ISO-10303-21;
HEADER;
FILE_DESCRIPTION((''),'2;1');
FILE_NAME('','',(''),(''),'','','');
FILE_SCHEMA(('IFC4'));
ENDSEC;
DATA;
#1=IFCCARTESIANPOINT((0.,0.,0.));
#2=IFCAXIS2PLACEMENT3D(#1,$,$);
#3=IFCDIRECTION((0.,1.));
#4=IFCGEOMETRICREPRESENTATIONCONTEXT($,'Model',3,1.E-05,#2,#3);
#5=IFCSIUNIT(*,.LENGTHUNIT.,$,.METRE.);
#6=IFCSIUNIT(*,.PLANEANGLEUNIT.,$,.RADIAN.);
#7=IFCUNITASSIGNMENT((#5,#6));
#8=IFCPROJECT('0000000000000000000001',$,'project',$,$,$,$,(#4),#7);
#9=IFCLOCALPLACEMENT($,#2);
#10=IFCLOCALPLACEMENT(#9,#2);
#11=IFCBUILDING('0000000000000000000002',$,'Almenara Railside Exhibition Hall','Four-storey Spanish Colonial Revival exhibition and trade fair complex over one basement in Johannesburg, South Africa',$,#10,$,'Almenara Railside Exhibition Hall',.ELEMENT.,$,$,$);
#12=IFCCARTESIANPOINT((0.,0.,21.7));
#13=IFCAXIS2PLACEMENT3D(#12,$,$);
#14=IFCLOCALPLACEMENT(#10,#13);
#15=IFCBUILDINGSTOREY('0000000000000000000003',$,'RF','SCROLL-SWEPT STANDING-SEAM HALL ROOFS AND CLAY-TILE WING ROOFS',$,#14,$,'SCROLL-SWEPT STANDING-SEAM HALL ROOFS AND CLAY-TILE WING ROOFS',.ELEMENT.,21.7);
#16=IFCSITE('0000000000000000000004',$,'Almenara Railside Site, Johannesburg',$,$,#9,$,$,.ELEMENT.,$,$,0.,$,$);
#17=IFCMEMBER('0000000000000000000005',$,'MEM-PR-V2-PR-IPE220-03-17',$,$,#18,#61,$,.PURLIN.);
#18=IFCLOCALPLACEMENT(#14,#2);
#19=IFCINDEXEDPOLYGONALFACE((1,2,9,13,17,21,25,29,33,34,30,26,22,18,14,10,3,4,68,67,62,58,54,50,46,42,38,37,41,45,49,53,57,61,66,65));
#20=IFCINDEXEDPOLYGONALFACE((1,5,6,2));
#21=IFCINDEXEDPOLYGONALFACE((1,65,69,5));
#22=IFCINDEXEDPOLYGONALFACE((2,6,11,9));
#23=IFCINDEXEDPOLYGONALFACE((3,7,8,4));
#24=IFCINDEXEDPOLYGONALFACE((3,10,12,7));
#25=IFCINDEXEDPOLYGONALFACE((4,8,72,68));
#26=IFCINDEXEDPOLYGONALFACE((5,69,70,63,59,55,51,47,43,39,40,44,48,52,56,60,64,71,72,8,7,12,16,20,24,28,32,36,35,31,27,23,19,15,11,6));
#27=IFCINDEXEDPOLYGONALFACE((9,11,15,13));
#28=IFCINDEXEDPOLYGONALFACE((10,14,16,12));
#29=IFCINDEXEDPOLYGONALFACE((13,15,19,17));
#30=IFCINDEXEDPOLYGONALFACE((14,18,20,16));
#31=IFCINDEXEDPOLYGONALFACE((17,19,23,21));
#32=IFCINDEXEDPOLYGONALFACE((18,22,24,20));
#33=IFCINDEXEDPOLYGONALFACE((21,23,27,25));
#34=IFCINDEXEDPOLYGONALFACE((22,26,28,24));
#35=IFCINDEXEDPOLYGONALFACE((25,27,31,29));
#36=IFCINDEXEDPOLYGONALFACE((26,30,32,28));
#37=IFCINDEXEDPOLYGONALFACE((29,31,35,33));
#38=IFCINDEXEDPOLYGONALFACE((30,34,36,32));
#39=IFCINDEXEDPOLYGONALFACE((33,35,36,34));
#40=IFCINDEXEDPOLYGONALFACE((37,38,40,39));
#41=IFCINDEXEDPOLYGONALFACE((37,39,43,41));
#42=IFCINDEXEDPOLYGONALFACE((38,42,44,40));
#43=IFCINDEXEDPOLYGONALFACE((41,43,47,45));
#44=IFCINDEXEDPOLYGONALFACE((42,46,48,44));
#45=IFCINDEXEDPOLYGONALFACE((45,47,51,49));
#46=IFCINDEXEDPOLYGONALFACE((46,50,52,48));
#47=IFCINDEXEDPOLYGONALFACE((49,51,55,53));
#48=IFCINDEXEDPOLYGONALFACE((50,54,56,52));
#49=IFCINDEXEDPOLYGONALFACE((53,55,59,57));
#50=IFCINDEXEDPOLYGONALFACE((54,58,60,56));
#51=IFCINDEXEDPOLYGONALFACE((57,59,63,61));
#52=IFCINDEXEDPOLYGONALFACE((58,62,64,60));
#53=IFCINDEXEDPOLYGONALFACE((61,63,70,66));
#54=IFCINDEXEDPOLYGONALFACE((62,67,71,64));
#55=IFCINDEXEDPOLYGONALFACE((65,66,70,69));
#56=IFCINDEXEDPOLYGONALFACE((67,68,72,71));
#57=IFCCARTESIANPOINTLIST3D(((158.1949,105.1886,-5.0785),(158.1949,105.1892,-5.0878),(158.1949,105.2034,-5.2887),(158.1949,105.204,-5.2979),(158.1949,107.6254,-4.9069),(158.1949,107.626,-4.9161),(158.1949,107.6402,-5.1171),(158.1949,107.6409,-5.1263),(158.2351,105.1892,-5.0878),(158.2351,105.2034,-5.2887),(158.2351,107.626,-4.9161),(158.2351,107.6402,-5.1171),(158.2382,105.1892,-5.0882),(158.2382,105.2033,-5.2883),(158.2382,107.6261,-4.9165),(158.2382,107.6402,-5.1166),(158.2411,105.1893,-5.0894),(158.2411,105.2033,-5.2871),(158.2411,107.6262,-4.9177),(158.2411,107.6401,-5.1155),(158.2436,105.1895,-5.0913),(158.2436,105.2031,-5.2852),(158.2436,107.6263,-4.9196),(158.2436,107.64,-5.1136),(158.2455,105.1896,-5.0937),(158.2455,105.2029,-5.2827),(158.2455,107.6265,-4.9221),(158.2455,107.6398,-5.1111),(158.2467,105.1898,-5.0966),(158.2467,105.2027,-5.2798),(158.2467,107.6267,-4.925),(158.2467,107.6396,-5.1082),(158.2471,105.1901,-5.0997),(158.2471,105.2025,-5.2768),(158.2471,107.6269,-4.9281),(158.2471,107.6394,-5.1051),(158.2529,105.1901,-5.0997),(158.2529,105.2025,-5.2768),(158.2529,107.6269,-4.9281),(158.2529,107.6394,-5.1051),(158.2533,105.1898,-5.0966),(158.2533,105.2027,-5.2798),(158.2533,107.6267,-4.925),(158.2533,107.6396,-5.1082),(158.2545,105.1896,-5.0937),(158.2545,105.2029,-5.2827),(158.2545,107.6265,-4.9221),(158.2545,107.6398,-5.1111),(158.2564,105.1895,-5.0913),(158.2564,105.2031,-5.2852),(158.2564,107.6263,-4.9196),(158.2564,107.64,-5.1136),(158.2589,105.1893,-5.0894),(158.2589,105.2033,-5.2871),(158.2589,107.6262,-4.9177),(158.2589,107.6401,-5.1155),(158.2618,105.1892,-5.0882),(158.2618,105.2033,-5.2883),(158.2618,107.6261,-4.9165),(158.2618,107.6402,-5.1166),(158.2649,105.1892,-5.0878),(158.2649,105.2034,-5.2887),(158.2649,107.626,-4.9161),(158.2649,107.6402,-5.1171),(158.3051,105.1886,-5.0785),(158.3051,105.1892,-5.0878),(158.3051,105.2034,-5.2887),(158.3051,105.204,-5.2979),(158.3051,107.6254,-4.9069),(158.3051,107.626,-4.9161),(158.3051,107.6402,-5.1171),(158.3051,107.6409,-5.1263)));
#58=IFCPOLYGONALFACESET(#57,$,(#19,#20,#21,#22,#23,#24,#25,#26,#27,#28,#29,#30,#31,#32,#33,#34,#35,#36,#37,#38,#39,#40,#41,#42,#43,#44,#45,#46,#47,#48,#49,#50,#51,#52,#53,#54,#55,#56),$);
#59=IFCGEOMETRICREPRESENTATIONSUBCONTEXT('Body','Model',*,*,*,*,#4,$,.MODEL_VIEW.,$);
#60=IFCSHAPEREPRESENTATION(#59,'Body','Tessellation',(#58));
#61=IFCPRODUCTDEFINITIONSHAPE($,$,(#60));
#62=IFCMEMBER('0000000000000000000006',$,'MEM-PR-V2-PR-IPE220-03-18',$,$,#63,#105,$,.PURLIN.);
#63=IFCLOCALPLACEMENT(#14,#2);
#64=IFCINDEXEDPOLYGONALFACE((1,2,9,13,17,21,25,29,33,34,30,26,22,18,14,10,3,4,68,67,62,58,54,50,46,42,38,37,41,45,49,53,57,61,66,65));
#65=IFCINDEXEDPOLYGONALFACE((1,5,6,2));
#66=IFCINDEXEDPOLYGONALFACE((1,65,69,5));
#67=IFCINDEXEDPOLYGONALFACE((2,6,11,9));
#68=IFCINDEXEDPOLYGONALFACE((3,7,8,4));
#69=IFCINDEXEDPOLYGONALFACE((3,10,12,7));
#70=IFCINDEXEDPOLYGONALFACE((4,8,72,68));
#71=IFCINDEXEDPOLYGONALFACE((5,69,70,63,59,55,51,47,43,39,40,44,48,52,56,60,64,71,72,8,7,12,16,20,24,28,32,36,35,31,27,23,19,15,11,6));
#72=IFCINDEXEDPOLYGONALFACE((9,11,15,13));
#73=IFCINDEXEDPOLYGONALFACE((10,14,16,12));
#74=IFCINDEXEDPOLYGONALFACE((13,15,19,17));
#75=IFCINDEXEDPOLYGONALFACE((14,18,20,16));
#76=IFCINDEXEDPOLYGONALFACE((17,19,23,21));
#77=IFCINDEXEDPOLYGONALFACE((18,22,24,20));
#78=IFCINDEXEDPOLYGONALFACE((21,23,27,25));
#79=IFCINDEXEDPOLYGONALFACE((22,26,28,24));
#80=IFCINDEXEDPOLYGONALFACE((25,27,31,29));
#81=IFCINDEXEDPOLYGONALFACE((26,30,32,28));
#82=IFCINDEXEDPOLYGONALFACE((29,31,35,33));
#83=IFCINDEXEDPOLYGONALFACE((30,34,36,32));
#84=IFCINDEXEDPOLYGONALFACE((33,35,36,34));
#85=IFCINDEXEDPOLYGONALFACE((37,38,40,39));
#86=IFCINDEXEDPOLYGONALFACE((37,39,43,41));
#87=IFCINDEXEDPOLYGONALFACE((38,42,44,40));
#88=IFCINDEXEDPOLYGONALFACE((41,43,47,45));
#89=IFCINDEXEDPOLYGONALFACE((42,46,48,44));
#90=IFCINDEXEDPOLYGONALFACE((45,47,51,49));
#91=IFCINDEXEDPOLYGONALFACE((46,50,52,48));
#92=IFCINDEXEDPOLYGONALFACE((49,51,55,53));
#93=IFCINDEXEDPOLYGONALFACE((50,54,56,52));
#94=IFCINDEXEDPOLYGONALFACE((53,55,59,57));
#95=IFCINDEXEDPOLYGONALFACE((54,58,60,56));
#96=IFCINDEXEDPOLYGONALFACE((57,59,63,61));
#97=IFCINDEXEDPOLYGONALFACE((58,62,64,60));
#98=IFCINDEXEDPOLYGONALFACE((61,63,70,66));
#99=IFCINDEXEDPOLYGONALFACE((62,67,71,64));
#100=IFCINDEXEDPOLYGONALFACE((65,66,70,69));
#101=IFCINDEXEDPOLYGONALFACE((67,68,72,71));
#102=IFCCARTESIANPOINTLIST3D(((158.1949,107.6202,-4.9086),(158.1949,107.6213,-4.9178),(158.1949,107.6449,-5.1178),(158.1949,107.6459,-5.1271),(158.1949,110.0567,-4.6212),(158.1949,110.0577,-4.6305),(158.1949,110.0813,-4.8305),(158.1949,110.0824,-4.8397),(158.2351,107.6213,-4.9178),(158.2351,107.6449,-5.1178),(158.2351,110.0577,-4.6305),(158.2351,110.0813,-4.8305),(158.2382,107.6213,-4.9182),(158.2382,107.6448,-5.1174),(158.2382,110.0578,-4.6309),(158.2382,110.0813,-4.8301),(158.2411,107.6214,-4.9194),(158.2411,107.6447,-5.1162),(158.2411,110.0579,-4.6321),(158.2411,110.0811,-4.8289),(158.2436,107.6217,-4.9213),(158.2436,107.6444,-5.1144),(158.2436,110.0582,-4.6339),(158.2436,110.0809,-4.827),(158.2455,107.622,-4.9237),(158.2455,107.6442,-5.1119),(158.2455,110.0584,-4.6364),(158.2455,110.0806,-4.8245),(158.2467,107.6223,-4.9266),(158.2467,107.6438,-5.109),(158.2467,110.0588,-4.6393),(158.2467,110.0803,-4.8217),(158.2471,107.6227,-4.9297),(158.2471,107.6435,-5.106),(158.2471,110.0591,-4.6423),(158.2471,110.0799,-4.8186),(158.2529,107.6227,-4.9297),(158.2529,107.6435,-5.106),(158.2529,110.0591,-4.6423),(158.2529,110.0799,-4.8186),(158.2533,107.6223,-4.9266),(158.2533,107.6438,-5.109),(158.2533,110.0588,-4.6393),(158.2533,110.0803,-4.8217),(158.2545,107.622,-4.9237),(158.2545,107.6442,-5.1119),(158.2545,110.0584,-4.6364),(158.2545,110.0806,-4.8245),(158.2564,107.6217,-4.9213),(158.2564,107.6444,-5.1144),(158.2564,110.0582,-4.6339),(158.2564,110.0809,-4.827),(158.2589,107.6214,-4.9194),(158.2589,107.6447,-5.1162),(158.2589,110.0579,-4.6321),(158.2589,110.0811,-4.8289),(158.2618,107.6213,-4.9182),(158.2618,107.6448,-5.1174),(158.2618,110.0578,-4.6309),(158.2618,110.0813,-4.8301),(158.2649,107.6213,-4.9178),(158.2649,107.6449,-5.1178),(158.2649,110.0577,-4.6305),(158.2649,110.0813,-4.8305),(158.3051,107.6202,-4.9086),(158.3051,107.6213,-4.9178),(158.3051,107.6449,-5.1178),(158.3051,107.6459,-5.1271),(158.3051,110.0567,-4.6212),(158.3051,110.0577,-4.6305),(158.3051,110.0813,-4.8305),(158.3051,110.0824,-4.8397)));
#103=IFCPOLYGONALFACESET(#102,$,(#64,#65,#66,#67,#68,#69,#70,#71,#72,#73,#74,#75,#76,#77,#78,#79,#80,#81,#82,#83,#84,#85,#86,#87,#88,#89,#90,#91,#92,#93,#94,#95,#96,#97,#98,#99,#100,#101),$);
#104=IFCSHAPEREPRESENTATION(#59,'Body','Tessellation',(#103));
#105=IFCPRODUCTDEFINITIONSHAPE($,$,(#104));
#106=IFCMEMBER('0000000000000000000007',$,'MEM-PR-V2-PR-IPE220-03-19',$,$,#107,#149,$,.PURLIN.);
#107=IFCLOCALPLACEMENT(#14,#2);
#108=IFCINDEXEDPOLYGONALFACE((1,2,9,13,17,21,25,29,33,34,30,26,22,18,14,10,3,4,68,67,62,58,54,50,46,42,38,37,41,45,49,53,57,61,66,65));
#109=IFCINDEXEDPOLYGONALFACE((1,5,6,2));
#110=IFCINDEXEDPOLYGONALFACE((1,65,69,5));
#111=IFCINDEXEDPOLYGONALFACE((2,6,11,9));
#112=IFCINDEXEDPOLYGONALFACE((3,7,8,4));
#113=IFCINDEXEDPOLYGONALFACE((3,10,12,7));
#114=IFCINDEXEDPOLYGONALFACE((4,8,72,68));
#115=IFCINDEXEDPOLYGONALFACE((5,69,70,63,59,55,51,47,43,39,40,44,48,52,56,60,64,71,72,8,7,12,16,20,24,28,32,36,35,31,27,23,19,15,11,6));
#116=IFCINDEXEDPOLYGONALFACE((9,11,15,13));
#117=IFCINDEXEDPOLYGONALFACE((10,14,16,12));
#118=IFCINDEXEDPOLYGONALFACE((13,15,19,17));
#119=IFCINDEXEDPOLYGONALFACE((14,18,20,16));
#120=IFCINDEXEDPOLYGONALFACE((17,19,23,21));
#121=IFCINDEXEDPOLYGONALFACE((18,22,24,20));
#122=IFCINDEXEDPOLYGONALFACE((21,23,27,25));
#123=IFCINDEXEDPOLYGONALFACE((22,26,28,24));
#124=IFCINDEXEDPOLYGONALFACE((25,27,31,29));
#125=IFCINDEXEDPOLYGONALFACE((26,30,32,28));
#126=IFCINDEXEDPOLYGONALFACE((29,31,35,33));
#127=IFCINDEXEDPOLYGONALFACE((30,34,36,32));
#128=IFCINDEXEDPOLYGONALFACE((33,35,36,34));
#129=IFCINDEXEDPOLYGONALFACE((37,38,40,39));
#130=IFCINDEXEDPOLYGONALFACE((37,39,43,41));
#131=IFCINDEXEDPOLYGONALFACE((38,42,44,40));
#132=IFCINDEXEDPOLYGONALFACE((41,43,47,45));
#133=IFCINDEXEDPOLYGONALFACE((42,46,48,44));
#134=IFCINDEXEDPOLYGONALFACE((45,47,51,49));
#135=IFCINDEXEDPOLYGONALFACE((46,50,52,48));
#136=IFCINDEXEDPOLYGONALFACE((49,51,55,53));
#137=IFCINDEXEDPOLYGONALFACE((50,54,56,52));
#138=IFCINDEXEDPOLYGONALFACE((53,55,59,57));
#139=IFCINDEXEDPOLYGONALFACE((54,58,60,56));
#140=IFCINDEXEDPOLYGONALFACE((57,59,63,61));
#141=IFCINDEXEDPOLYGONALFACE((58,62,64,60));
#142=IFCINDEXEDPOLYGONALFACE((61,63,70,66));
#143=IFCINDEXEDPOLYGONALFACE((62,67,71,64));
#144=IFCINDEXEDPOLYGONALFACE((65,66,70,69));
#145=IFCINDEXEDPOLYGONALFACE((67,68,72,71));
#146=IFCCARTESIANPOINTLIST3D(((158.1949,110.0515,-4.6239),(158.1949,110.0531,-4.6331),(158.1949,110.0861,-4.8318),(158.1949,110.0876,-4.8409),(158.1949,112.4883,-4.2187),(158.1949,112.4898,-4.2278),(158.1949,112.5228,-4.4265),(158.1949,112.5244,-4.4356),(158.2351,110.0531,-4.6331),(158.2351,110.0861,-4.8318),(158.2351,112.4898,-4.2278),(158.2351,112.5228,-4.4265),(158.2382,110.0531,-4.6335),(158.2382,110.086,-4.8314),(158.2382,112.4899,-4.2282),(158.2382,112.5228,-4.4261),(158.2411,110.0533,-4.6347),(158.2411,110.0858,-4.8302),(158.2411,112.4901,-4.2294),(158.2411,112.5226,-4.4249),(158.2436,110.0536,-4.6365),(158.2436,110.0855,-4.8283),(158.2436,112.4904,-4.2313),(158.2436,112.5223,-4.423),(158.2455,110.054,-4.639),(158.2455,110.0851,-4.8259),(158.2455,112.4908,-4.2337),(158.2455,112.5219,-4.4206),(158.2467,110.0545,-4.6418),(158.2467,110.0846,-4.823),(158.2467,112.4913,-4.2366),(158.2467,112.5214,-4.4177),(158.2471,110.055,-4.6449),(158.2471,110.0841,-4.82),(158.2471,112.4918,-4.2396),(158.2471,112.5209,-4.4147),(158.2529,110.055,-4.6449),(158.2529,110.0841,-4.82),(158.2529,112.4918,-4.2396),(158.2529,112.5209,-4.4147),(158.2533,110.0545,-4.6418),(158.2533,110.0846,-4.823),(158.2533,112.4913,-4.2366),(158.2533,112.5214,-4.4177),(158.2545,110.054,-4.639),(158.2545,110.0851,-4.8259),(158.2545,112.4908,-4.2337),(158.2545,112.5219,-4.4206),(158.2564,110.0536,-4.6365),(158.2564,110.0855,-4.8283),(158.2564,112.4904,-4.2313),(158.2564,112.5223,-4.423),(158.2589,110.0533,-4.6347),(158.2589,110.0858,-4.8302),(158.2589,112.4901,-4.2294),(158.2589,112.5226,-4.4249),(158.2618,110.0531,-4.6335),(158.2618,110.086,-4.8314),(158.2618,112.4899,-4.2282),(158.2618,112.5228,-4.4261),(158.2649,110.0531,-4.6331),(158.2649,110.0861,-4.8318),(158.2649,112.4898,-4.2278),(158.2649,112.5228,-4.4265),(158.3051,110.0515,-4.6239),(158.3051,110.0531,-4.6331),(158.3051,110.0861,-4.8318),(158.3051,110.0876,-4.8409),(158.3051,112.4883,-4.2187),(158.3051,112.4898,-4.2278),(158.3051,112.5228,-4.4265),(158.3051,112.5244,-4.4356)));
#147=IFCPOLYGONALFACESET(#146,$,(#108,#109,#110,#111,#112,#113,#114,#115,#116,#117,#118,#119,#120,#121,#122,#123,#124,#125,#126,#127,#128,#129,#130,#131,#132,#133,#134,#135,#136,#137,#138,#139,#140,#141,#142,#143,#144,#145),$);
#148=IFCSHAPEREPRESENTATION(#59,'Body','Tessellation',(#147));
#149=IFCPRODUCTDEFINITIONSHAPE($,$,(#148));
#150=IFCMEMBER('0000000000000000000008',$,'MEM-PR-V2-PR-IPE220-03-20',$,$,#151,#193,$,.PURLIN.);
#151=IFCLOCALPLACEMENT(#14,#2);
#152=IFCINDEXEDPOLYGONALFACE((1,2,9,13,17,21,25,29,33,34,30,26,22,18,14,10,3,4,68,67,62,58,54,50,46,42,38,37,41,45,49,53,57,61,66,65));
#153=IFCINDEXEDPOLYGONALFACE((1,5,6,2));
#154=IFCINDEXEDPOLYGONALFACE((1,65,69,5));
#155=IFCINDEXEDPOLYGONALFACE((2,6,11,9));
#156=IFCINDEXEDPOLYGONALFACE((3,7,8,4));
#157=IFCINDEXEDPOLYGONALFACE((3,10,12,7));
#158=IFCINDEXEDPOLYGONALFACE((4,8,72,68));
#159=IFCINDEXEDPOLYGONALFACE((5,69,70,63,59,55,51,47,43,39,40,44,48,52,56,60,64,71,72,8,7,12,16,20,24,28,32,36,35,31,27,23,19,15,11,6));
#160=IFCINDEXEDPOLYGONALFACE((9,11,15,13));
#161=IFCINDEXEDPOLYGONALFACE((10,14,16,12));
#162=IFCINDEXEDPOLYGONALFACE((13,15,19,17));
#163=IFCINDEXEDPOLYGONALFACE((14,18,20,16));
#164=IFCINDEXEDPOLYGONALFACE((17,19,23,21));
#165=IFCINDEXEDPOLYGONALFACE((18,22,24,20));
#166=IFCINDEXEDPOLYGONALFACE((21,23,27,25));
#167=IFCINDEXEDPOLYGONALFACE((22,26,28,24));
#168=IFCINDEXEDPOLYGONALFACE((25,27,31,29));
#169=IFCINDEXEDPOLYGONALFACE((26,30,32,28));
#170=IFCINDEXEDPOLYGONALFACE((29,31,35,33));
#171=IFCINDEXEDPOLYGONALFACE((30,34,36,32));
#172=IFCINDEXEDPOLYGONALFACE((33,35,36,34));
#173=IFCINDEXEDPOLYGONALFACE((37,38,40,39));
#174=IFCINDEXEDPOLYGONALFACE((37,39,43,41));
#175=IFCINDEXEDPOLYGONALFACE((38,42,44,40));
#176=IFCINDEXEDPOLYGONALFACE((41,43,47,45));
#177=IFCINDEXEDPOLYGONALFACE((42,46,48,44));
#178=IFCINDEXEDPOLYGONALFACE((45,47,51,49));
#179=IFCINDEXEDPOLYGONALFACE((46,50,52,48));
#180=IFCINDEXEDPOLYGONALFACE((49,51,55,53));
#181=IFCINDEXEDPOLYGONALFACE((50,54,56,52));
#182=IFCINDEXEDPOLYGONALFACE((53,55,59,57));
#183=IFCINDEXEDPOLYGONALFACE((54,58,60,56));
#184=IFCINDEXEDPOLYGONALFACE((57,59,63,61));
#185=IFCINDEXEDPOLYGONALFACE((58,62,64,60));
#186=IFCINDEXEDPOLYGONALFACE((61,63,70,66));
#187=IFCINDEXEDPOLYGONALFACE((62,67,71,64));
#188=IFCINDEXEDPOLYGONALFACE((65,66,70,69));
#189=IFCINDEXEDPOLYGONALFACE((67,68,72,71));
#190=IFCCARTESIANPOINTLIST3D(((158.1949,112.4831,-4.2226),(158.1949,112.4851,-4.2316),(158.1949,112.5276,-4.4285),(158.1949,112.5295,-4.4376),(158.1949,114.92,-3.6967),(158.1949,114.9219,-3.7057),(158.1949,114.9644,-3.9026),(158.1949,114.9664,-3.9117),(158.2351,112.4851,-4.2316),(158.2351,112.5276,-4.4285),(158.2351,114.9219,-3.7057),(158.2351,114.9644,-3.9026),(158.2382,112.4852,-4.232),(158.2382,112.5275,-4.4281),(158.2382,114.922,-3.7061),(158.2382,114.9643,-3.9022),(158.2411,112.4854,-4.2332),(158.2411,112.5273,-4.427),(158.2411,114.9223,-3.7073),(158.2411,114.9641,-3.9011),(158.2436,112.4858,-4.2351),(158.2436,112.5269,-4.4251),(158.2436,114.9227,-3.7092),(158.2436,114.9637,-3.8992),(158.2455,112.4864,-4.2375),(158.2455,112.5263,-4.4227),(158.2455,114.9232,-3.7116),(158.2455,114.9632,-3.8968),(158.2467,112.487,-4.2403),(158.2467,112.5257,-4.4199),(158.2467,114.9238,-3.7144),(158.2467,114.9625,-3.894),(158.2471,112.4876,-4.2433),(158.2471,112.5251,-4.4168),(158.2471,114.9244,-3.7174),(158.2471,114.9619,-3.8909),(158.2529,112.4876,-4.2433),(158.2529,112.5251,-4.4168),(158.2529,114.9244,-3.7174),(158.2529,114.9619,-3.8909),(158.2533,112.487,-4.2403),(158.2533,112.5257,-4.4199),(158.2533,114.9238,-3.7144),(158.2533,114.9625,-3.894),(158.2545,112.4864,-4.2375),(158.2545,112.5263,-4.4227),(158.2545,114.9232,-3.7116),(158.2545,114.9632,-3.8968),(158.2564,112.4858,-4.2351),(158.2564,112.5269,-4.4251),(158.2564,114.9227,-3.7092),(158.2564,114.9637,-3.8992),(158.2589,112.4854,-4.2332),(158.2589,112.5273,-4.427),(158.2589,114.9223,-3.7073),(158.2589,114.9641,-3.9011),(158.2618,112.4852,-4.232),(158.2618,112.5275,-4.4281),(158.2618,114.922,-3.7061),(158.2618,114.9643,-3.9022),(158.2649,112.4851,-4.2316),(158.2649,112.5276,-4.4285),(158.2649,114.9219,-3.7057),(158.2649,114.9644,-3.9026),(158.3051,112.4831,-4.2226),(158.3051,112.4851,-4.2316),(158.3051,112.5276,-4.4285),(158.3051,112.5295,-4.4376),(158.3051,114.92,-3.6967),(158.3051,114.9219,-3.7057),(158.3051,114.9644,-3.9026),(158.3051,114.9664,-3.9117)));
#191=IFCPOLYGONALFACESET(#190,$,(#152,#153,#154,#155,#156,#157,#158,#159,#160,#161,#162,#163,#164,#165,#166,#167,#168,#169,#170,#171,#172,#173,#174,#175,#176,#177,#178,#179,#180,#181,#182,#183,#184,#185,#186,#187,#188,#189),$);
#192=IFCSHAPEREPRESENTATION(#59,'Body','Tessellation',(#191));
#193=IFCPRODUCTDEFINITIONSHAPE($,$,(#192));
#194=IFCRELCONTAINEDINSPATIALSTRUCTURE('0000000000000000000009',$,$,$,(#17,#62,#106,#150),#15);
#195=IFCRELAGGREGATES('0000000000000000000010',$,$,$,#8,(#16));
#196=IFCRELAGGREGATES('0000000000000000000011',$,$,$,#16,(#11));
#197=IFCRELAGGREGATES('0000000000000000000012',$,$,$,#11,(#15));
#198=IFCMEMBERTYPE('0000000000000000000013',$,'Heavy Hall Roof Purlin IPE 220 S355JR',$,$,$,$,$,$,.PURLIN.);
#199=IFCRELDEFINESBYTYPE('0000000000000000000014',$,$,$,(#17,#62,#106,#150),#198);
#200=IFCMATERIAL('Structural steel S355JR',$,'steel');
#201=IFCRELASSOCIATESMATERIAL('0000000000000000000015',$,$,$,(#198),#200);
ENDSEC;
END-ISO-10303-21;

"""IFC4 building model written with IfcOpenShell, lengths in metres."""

from ifc_helpers import new_model, si_unit, direction, frame, origin, origin_2d, place, context, subcontext, project, spatial, i_section, extrude, material, material_profile, profile_set, type_object, element, save


model = new_model("IFC4")

# Units and contexts
model_context = context("Model", 3, precision=1e-05, world=origin(), true_north=direction((0.0, 1.0)))
body_context = subcontext(model_context, "Body", "Model", "MODEL_VIEW")
ifc_project = project(units=[si_unit("LENGTHUNIT", "METRE"), si_unit("PLANEANGLEUNIT", "RADIAN")], contexts=[model_context])

# Site, building, storey
site_placement = place(None, origin())
site = spatial("IfcSite", under=ifc_project, at=site_placement, Name="Almenara Railside Site, Johannesburg", CompositionType="ELEMENT", RefElevation=0.0)
building_placement = place(site_placement, origin())
building = spatial("IfcBuilding", under=site, at=building_placement, Name="Almenara Railside Exhibition Hall", Description="Four-storey Spanish Colonial Revival exhibition and trade fair complex over one basement in Johannesburg, South Africa", LongName="Almenara Railside Exhibition Hall", CompositionType="ELEMENT")
storey_placement = place(building_placement, frame((0.0, 0.0, 21.7)))
storey = spatial("IfcBuildingStorey", under=building, at=storey_placement, Name="RF", Description="SCROLL-SWEPT STANDING-SEAM HALL ROOFS AND CLAY-TILE WING ROOFS", LongName="SCROLL-SWEPT STANDING-SEAM HALL ROOFS AND CLAY-TILE WING ROOFS", CompositionType="ELEMENT", Elevation=21.7)

# Members
ifc_material_1 = material(Name="Structural steel S355JR", Category="steel")
ifc_material_profile_1 = material_profile(ifc_material_1, i_section(OverallWidth=0.1101, OverallDepth=0.22, WebThickness=0.0059, FlangeThickness=0.0093, FilletRadius=0.012, at=origin_2d()), Name="IPE 220")
ifc_profile_set_1 = profile_set([ifc_material_profile_1], Name="Structural steel S355JR")
member_type_1 = type_object("IfcMemberType", Name="Heavy Hall Roof Purlin IPE 220 S355JR", PredefinedType="PURLIN", material=ifc_profile_set_1)
member_1_placement = place(storey_placement, frame((158.25, 105.1963, -5.1882), z_axis=(0.0, 0.997529, 0.07026), x_axis=(-1.0, 0.0, 0.0)))
element("IfcMember", 1, at=member_1_placement, inside=storey, type_object=member_type_1, Name="MEM-PR-V2-PR-IPE220-03-17", PredefinedType="PURLIN", context=body_context, shape_type="SweptSolid", body=[
    extrude(i_section(OverallWidth=0.1101, OverallDepth=0.22, WebThickness=0.0059, FlangeThickness=0.0093, FilletRadius=0.012, at=origin_2d()), origin(), (0.0, 0.0, 1.0), 2.4429),
])
member_2_placement = place(storey_placement, frame((158.25, 107.6331, -5.0178), z_axis=(0.0, 0.993117, 0.117124), x_axis=(-1.0, 0.0, 0.0)))
element("IfcMember", 2, at=member_2_placement, inside=storey, type_object=member_type_1, Name="MEM-PR-V2-PR-IPE220-03-18", PredefinedType="PURLIN", context=body_context, shape_type="SweptSolid", body=[
    extrude(i_section(OverallWidth=0.1101, OverallDepth=0.22, WebThickness=0.0059, FlangeThickness=0.0093, FilletRadius=0.012, at=origin_2d()), origin(), (0.0, 0.0, 1.0), 2.4534),
])
member_3_placement = place(storey_placement, frame((158.25, 110.0696, -4.7324), z_axis=(0.0, 0.98645, 0.164062), x_axis=(-1.0, 0.0, 0.0)))
element("IfcMember", 3, at=member_3_placement, inside=storey, type_object=member_type_1, Name="MEM-PR-V2-PR-IPE220-03-19", PredefinedType="PURLIN", context=body_context, shape_type="SweptSolid", body=[
    extrude(i_section(OverallWidth=0.1101, OverallDepth=0.22, WebThickness=0.0059, FlangeThickness=0.0093, FilletRadius=0.012, at=origin_2d()), origin(), (0.0, 0.0, 1.0), 2.4702),
])
member_4_placement = place(storey_placement, frame((158.25, 112.5063, -4.3301), z_axis=(0.0, 0.977496, 0.210953), x_axis=(-1.0, 0.0, 0.0)))
element("IfcMember", 4, at=member_4_placement, inside=storey, type_object=member_type_1, Name="MEM-PR-V2-PR-IPE220-03-20", PredefinedType="PURLIN", context=body_context, shape_type="SweptSolid", body=[
    extrude(i_section(OverallWidth=0.1101, OverallDepth=0.22, WebThickness=0.0059, FlangeThickness=0.0093, FilletRadius=0.012, at=origin_2d()), origin(), (0.0, 0.0, 1.0), 2.4929),
])

save(model, "model.ifc")
